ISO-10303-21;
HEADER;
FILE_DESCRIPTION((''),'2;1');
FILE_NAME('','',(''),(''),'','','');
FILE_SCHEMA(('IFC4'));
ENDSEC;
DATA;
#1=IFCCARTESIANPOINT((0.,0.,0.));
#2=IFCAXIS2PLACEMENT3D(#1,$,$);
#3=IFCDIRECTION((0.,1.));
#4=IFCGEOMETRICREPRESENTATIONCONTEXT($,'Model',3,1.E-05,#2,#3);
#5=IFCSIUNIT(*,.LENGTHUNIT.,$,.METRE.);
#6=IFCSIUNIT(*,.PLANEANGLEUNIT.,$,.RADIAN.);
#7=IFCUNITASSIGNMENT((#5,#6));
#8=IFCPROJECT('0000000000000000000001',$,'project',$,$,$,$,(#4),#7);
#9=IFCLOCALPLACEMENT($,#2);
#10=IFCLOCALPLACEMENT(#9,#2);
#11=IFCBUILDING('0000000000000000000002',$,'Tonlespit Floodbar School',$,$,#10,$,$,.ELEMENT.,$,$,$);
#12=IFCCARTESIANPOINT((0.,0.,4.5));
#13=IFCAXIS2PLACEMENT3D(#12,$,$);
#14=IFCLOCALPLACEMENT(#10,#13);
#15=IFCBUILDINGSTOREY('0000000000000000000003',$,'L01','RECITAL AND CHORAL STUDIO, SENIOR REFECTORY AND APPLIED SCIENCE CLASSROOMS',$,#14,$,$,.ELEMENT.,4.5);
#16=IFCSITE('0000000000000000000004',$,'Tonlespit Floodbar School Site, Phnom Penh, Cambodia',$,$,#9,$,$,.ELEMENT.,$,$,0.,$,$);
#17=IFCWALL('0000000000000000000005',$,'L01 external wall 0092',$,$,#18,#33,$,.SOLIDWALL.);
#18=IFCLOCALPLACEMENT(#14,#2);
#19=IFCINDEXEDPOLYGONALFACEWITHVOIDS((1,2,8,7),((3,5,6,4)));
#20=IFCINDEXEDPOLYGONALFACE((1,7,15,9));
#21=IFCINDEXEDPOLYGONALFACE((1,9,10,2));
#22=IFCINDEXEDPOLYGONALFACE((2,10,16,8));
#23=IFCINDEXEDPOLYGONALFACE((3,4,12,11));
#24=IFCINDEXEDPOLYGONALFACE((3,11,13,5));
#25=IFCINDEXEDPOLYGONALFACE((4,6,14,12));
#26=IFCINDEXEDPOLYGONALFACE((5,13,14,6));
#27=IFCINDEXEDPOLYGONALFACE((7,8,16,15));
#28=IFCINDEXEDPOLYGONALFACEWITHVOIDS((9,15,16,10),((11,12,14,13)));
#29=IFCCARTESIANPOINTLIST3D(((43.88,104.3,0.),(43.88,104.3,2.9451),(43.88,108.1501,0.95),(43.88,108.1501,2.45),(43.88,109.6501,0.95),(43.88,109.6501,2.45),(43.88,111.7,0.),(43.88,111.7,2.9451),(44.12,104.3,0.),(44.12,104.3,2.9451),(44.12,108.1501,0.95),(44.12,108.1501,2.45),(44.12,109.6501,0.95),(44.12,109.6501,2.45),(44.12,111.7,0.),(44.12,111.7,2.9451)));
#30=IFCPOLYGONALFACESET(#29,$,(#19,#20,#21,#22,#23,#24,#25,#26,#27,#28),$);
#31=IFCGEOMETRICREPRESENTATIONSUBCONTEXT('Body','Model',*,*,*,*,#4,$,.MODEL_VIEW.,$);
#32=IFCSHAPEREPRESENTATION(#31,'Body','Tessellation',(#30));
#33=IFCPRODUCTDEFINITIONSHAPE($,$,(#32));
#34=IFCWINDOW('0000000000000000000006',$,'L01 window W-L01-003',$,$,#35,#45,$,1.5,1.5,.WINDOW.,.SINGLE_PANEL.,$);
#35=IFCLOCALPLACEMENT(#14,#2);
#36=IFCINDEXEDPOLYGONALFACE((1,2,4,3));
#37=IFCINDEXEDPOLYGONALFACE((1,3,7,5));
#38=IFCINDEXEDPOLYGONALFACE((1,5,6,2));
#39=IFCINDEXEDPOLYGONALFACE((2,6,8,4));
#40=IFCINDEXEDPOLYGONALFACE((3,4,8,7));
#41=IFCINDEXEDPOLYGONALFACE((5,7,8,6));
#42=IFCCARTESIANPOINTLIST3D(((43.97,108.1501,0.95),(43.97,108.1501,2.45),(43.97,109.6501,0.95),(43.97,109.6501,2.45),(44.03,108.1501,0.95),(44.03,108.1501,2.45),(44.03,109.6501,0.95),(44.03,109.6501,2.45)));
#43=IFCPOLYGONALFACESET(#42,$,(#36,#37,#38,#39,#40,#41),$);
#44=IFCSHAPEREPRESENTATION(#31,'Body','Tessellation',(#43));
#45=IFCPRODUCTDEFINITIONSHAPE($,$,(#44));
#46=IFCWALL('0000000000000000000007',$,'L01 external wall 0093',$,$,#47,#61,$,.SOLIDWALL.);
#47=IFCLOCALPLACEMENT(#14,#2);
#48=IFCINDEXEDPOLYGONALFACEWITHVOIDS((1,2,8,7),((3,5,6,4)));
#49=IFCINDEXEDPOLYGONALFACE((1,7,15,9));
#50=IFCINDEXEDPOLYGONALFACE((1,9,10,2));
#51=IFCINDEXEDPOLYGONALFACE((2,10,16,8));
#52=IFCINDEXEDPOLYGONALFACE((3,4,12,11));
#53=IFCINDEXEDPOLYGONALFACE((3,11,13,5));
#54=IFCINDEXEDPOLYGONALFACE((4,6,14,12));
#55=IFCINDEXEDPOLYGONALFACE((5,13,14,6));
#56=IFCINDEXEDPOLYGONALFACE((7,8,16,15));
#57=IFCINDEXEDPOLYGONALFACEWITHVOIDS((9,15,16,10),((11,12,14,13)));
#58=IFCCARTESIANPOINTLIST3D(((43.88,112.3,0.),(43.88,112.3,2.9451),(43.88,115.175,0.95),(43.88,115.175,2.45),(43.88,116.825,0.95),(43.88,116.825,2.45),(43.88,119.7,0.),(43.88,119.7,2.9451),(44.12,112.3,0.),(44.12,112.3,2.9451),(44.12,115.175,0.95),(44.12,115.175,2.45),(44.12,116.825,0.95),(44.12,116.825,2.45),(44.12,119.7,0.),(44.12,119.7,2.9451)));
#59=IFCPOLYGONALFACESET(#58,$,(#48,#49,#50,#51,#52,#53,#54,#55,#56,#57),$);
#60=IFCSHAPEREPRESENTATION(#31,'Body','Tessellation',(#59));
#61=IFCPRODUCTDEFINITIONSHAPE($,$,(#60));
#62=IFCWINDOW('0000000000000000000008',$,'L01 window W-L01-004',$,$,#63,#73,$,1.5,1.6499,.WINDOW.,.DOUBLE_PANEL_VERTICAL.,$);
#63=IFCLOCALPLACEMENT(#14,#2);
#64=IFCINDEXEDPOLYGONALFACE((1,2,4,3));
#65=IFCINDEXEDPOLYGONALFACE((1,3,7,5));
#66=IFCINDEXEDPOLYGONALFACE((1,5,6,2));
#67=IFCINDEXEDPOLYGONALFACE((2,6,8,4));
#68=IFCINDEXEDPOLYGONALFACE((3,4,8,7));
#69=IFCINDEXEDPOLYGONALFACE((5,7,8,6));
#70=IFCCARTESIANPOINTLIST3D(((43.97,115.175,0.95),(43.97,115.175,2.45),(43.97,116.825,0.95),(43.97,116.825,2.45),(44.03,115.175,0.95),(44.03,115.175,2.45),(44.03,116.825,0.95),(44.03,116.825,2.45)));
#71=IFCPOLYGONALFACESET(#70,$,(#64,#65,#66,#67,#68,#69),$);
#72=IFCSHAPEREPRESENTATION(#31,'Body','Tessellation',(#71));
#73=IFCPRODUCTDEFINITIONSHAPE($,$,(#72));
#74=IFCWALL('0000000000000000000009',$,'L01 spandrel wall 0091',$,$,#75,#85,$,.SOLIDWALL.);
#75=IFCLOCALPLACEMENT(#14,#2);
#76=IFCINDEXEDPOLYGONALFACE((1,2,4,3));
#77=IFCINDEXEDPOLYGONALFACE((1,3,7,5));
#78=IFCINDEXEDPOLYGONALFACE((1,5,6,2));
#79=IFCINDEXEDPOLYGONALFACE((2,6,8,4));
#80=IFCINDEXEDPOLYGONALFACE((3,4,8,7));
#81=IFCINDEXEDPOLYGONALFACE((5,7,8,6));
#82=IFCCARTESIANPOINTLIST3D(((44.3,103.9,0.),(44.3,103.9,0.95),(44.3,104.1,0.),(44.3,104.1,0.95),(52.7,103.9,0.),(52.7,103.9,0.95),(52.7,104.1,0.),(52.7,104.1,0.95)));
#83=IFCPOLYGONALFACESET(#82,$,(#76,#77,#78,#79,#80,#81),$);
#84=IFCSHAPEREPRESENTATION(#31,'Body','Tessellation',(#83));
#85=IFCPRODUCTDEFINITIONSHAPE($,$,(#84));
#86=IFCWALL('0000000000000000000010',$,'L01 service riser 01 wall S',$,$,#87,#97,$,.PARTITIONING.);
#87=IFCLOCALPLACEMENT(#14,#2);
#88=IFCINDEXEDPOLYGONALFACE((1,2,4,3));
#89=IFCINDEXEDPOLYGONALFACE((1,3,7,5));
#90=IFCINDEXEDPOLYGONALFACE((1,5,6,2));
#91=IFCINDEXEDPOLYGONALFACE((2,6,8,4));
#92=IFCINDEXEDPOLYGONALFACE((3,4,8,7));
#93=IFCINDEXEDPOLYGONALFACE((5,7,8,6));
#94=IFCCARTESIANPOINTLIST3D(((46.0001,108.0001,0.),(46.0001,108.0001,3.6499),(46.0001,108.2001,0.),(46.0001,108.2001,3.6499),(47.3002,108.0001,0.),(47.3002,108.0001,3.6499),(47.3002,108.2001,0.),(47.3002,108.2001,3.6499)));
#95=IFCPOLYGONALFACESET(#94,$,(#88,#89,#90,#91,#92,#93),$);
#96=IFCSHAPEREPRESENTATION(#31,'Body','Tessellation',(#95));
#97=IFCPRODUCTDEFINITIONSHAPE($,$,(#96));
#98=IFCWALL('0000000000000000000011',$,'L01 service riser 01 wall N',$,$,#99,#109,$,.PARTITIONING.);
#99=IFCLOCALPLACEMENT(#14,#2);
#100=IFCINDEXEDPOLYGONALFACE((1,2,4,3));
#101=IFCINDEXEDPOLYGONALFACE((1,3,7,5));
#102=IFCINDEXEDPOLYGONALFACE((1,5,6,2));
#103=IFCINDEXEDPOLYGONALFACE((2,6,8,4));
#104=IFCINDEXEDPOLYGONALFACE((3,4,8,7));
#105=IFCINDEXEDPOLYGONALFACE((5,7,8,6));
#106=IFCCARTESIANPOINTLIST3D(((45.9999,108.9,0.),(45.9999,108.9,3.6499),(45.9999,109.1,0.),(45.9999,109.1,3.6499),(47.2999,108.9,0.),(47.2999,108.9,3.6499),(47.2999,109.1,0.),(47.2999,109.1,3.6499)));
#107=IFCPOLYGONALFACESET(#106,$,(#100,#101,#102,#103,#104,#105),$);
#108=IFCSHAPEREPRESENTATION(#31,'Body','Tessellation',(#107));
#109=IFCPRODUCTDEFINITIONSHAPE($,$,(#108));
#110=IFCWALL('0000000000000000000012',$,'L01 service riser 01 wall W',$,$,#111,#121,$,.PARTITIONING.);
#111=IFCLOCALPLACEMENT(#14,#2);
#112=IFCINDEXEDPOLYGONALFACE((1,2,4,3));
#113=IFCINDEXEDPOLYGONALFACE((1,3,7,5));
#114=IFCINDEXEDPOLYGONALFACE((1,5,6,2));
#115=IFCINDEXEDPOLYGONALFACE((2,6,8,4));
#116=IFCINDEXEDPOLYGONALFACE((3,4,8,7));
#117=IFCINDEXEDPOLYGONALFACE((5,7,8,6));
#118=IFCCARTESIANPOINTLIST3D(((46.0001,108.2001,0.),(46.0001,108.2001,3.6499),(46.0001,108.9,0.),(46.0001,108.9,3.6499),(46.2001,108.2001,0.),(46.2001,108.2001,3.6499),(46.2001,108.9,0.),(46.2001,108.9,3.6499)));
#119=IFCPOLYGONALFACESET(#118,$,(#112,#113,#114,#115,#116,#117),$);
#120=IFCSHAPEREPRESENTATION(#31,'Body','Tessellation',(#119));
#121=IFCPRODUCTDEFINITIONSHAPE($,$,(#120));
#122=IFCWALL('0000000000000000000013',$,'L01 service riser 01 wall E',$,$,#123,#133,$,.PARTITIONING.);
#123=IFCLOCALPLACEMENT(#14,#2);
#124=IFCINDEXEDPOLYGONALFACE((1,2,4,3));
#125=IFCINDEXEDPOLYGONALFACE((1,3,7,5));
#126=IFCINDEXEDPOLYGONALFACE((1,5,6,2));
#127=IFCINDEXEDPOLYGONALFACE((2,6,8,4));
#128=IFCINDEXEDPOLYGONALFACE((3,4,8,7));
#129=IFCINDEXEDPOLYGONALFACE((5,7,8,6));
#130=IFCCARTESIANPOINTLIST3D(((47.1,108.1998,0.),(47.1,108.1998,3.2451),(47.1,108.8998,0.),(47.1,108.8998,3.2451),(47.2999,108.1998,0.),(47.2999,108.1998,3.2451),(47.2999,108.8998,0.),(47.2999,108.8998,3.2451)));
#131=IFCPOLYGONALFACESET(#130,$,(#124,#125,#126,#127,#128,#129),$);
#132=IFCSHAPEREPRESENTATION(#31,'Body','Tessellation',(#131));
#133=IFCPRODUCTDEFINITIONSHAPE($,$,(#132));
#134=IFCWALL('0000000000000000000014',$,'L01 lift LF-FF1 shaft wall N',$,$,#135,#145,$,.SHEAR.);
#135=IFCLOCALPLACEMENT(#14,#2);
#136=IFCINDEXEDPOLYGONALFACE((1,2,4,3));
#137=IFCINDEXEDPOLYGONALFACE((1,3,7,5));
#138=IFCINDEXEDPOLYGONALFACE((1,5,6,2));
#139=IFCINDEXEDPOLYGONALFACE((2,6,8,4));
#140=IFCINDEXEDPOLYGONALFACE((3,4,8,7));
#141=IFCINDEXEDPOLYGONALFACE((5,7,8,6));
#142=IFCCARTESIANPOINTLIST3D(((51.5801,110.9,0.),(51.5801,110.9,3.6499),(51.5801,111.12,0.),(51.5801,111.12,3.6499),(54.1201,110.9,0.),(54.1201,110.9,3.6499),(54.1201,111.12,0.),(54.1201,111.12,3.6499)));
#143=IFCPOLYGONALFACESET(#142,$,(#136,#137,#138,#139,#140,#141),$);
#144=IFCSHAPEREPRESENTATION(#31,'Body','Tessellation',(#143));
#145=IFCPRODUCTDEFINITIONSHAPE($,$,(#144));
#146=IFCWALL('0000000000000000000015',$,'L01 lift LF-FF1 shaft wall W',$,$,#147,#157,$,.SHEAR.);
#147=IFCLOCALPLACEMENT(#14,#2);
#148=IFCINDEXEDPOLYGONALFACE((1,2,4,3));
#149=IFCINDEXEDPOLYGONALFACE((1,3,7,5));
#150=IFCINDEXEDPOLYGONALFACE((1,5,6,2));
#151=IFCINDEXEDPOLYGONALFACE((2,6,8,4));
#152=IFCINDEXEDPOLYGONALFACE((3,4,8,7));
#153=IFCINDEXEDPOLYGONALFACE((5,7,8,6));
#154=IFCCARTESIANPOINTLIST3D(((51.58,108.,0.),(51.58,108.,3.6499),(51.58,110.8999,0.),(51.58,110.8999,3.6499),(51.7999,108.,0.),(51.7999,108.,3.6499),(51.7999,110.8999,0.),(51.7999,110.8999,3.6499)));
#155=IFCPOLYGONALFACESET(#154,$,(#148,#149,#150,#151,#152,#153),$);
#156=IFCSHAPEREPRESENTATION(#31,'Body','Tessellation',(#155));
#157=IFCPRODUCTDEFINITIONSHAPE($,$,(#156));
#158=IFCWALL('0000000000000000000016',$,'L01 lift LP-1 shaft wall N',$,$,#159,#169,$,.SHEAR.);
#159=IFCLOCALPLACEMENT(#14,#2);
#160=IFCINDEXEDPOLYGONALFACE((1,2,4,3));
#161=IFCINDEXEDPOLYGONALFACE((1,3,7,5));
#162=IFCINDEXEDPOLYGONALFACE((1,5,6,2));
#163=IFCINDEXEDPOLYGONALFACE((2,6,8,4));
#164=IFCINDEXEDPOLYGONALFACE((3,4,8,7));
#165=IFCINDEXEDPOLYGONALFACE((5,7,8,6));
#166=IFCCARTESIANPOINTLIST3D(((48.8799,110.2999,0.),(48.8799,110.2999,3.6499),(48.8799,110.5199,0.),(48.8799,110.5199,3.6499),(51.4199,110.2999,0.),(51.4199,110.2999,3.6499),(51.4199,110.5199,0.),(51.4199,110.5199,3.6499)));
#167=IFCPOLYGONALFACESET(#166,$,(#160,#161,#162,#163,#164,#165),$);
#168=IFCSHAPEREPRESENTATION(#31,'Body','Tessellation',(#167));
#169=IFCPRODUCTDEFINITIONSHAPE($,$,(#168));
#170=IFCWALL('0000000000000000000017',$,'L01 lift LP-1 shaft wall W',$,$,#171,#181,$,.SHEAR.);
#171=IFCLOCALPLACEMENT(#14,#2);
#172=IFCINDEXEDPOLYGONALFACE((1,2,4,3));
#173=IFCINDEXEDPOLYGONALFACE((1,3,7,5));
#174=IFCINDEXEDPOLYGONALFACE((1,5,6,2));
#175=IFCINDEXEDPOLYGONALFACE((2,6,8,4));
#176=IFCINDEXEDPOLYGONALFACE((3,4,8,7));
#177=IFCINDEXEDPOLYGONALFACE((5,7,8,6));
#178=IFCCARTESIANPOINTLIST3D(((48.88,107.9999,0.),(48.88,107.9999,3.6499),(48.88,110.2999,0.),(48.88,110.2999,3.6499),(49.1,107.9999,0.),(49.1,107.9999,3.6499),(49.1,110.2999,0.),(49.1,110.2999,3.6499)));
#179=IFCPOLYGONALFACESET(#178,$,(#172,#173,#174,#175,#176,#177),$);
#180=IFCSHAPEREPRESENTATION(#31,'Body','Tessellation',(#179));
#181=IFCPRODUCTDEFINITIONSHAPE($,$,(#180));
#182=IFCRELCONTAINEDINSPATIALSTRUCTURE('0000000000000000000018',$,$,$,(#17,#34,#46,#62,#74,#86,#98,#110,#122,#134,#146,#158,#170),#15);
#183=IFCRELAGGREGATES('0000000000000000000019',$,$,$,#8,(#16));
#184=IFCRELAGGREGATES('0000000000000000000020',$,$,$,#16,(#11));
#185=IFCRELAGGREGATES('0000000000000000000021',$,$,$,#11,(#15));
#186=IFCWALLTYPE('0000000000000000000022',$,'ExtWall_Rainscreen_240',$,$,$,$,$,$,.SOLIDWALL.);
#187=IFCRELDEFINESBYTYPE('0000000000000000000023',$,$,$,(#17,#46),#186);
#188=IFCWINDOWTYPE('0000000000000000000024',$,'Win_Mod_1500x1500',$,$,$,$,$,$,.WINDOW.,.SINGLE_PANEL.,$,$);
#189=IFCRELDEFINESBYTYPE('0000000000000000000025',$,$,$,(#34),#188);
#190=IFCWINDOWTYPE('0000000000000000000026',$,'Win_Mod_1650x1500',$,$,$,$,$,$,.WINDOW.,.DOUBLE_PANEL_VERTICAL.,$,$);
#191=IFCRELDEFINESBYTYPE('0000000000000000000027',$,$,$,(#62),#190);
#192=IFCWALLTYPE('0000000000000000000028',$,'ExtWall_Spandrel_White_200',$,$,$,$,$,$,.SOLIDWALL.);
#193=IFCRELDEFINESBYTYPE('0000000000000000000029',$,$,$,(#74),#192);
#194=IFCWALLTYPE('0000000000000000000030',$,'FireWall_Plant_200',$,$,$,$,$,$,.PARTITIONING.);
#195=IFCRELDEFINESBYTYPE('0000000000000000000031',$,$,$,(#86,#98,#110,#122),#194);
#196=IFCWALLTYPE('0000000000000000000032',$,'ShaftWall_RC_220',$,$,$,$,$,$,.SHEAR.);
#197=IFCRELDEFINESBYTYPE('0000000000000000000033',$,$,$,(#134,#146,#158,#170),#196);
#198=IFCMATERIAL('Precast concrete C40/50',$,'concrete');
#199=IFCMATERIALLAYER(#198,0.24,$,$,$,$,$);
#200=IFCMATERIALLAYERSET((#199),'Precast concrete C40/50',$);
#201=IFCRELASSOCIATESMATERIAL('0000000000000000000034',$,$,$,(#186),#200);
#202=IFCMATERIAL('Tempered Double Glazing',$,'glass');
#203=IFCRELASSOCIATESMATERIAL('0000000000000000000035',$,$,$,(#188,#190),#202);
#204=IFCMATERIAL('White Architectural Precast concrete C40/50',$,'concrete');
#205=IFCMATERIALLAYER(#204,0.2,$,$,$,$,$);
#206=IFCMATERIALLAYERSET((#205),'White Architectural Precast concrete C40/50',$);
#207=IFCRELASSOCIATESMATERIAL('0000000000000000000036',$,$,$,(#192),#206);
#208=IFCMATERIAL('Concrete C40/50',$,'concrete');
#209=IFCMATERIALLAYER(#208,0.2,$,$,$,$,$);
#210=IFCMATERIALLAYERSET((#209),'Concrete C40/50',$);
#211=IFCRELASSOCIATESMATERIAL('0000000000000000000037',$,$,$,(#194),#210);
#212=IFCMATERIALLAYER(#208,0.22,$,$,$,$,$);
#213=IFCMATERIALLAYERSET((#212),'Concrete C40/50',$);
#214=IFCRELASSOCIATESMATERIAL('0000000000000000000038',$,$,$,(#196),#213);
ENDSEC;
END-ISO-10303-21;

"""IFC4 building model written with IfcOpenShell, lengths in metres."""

from ifc_helpers import new_model, si_unit, direction, frame, frame_2d, origin, place, context, subcontext, project, spatial, rectangle, extrude, material, layer, layer_set, type_object, element, fill, save


model = new_model("IFC4")

# Units and contexts
model_context = context("Model", 3, precision=1e-05, world=origin(), true_north=direction((0.0, 1.0)))
body_context = subcontext(model_context, "Body", "Model", "MODEL_VIEW")
ifc_project = project(units=[si_unit("LENGTHUNIT", "METRE"), si_unit("PLANEANGLEUNIT", "RADIAN")], contexts=[model_context])

# Site, building, storey
site_placement = place(None, origin())
site = spatial("IfcSite", under=ifc_project, at=site_placement, Name="Tonlespit Floodbar School Site, Phnom Penh, Cambodia", CompositionType="ELEMENT", RefElevation=0.0)
building_placement = place(site_placement, origin())
building = spatial("IfcBuilding", under=site, at=building_placement, Name="Tonlespit Floodbar School", CompositionType="ELEMENT")
storey_placement = place(building_placement, frame((0.0, 0.0, 4.5)))
storey = spatial("IfcBuildingStorey", under=building, at=storey_placement, Name="L01", Description="RECITAL AND CHORAL STUDIO, SENIOR REFECTORY AND APPLIED SCIENCE CLASSROOMS", CompositionType="ELEMENT", Elevation=4.5)

# Shared definitions
ifc_material_1 = material(Name="Concrete C40/50", Category="concrete")

# Walls, openings, windows
ifc_material_2 = material(Name="Precast concrete C40/50", Category="concrete")
ifc_layer_1 = layer(ifc_material_2, 0.24)
ifc_layer_set_1 = layer_set([ifc_layer_1], Name="Precast concrete C40/50")
wall_type_1 = type_object("IfcWallType", Name="ExtWall_Rainscreen_240", PredefinedType="SOLIDWALL", material=ifc_layer_set_1)
wall_1_placement = place(storey_placement, frame((44.0, 104.3, 0.0), z_axis=(0.0, 0.0, 1.0), x_axis=(0.0, 1.0, 0.0)))
wall_1 = element("IfcWall", 1, at=wall_1_placement, inside=storey, type_object=wall_type_1, Name="L01 external wall 0092", PredefinedType="SOLIDWALL", context=body_context, shape_type="SweptSolid", body=[
    extrude(rectangle(XDim=7.3999, YDim=0.24, at=frame_2d((3.7, 0.0))), origin(), (0.0, 0.0, 1.0), 2.9451),
])
opening_1_placement = place(wall_1_placement, frame((3.8501, 0.0, 0.95)))
opening_1 = element("IfcOpeningElement", 2, at=opening_1_placement, cuts=wall_1, PredefinedType="OPENING", context=body_context, shape_type="SweptSolid", body=[
    extrude(rectangle(XDim=1.5, YDim=1.5, at=frame_2d((0.75, 0.75))), frame((0.0, 0.1299, 0.0), z_axis=(0.0, -1.0, 0.0), x_axis=(1.0, 0.0, 0.0)), (0.0, 0.0, 1.0), 0.26),
])
ifc_material_3 = material(Name="Tempered Double Glazing", Category="glass")
window_type_1 = type_object("IfcWindowType", Name="Win_Mod_1500x1500", PartitioningType="SINGLE_PANEL", PredefinedType="WINDOW", material=ifc_material_3)
window_1_placement = place(opening_1_placement, origin())
window_1 = element("IfcWindow", 3, at=window_1_placement, inside=storey, type_object=window_type_1, Name="L01 window W-L01-003", OverallHeight=1.5, OverallWidth=1.5, PartitioningType="SINGLE_PANEL", PredefinedType="WINDOW", context=body_context, shape_type="SweptSolid", body=[
    extrude(rectangle(XDim=1.5, YDim=1.5, at=frame_2d((0.75, 0.75))), frame((0.0, 0.03, 0.0), z_axis=(0.0, -1.0, 0.0), x_axis=(1.0, 0.0, 0.0)), (0.0, 0.0, 1.0), 0.0601),
])
fill(opening_1, window_1)
wall_2_placement = place(storey_placement, frame((44.0, 112.3, 0.0), z_axis=(0.0, 0.0, 1.0), x_axis=(0.0, 1.0, 0.0)))
wall_2 = element("IfcWall", 4, at=wall_2_placement, inside=storey, type_object=wall_type_1, Name="L01 external wall 0093", PredefinedType="SOLIDWALL", context=body_context, shape_type="SweptSolid", body=[
    extrude(rectangle(XDim=7.3999, YDim=0.24, at=frame_2d((3.7, 0.0))), origin(), (0.0, 0.0, 1.0), 2.9451),
])
opening_2_placement = place(wall_2_placement, frame((2.875, 0.0, 0.95)))
opening_2 = element("IfcOpeningElement", 5, at=opening_2_placement, cuts=wall_2, PredefinedType="OPENING", context=body_context, shape_type="SweptSolid", body=[
    extrude(rectangle(XDim=1.6499, YDim=1.5, at=frame_2d((0.825, 0.75))), frame((0.0, 0.1299, 0.0), z_axis=(0.0, -1.0, 0.0), x_axis=(1.0, 0.0, 0.0)), (0.0, 0.0, 1.0), 0.26),
])
window_type_2 = type_object("IfcWindowType", Name="Win_Mod_1650x1500", PartitioningType="DOUBLE_PANEL_VERTICAL", PredefinedType="WINDOW", material=ifc_material_3)
window_2_placement = place(opening_2_placement, origin())
window_2 = element("IfcWindow", 6, at=window_2_placement, inside=storey, type_object=window_type_2, Name="L01 window W-L01-004", OverallHeight=1.5, OverallWidth=1.6499, PartitioningType="DOUBLE_PANEL_VERTICAL", PredefinedType="WINDOW", context=body_context, shape_type="SweptSolid", body=[
    extrude(rectangle(XDim=1.6499, YDim=1.5, at=frame_2d((0.825, 0.75))), frame((0.0, 0.03, 0.0), z_axis=(0.0, -1.0, 0.0), x_axis=(1.0, 0.0, 0.0)), (0.0, 0.0, 1.0), 0.0601),
])
fill(opening_2, window_2)

# Walls
ifc_material_4 = material(Name="White Architectural Precast concrete C40/50", Category="concrete")
ifc_layer_2 = layer(ifc_material_4, 0.2)
ifc_layer_set_2 = layer_set([ifc_layer_2], Name="White Architectural Precast concrete C40/50")
wall_type_2 = type_object("IfcWallType", Name="ExtWall_Spandrel_White_200", PredefinedType="SOLIDWALL", material=ifc_layer_set_2)
wall_3_placement = place(storey_placement, frame((52.7, 104.0, 0.0), z_axis=(0.0, 0.0, 1.0), x_axis=(-1.0, 0.0, 0.0)))
element("IfcWall", 7, at=wall_3_placement, inside=storey, type_object=wall_type_2, Name="L01 spandrel wall 0091", PredefinedType="SOLIDWALL", context=body_context, shape_type="SweptSolid", body=[
    extrude(rectangle(XDim=8.3999, YDim=0.2, at=frame_2d((4.2, 0.0))), origin(), (0.0, 0.0, 1.0), 0.95),
])
ifc_layer_3 = layer(ifc_material_1, 0.2)
ifc_layer_set_3 = layer_set([ifc_layer_3], Name="Concrete C40/50")
wall_type_3 = type_object("IfcWallType", Name="FireWall_Plant_200", PredefinedType="PARTITIONING", material=ifc_layer_set_3)
for number, where, z_axis, x_axis, name in (
    (8, (47.3, 108.1001, 0.0), (0.0, 0.0, 1.0), (-1.0, 0.0, 0.0), "L01 service riser 01 wall S"),
    (9, (46.0, 109.0, 0.0), (0.0, 0.0, 1.0), (1.0, 0.0, 0.0), "L01 service riser 01 wall N"),
):
    element("IfcWall", number, at=place(storey_placement, frame(where, z_axis=z_axis, x_axis=x_axis)), inside=storey, type_object=wall_type_3, Name=name, PredefinedType="PARTITIONING", context=body_context, shape_type="SweptSolid", body=[
        extrude(rectangle(XDim=1.3, YDim=0.2, at=frame_2d((0.6499, 0.0))), origin(), (0.0, 0.0, 1.0), 3.6499),
    ])
wall_4_placement = place(storey_placement, frame((46.1001, 108.2, 0.0), z_axis=(0.0, 0.0, 1.0), x_axis=(0.0, 1.0, 0.0)))
element("IfcWall", 10, at=wall_4_placement, inside=storey, type_object=wall_type_3, Name="L01 service riser 01 wall W", PredefinedType="PARTITIONING", context=body_context, shape_type="SweptSolid", body=[
    extrude(rectangle(XDim=0.7, YDim=0.2, at=frame_2d((0.3501, 0.0))), origin(), (0.0, 0.0, 1.0), 3.6499),
])
wall_5_placement = place(storey_placement, frame((47.2, 108.8999, 0.0), z_axis=(0.0, 0.0, 1.0), x_axis=(0.0, -1.0, 0.0)))
element("IfcWall", 11, at=wall_5_placement, inside=storey, type_object=wall_type_3, Name="L01 service riser 01 wall E", PredefinedType="PARTITIONING", context=body_context, shape_type="SweptSolid", body=[
    extrude(rectangle(XDim=0.7, YDim=0.2, at=frame_2d((0.3501, 0.0))), origin(), (0.0, 0.0, 1.0), 3.2451),
])
ifc_layer_4 = layer(ifc_material_1, 0.22)
ifc_layer_set_4 = layer_set([ifc_layer_4], Name="Concrete C40/50")
wall_type_4 = type_object("IfcWallType", Name="ShaftWall_RC_220", PredefinedType="SHEAR", material=ifc_layer_set_4)
wall_6_placement = place(storey_placement, frame((51.5801, 111.01, 0.0), z_axis=(0.0, 0.0, 1.0), x_axis=(1.0, 0.0, 0.0)))
element("IfcWall", 12, at=wall_6_placement, inside=storey, type_object=wall_type_4, Name="L01 lift LF-FF1 shaft wall N", PredefinedType="SHEAR", context=body_context, shape_type="SweptSolid", body=[
    extrude(rectangle(XDim=2.54, YDim=0.22, at=frame_2d((1.27, 0.0))), origin(), (0.0, 0.0, 1.0), 3.6499),
])
wall_7_placement = place(storey_placement, frame((51.6899, 108.0, 0.0), z_axis=(0.0, 0.0, 1.0), x_axis=(0.0, 1.0, 0.0)))
element("IfcWall", 13, at=wall_7_placement, inside=storey, type_object=wall_type_4, Name="L01 lift LF-FF1 shaft wall W", PredefinedType="SHEAR", context=body_context, shape_type="SweptSolid", body=[
    extrude(rectangle(XDim=2.8999, YDim=0.22, at=frame_2d((1.45, 0.0))), origin(), (0.0, 0.0, 1.0), 3.6499),
])

# Walls
wall_8_placement = place(storey_placement, frame((48.8799, 110.4099, 0.0), z_axis=(0.0, 0.0, 1.0), x_axis=(1.0, 0.0, 0.0)))
element("IfcWall", 14, at=wall_8_placement, inside=storey, type_object=wall_type_4, Name="L01 lift LP-1 shaft wall N", PredefinedType="SHEAR", context=body_context, shape_type="SweptSolid", body=[
    extrude(rectangle(XDim=2.54, YDim=0.22, at=frame_2d((1.27, 0.0))), origin(), (0.0, 0.0, 1.0), 3.6499),
])
for number, where, z_axis, x_axis, name in (
    (15, (48.99, 108.0, 0.0), (0.0, 0.0, 1.0), (0.0, 1.0, 0.0), "L01 lift LP-1 shaft wall W"),
):
    element("IfcWall", number, at=place(storey_placement, frame(where, z_axis=z_axis, x_axis=x_axis)), inside=storey, type_object=wall_type_4, Name=name, PredefinedType="SHEAR", context=body_context, shape_type="SweptSolid", body=[
        extrude(rectangle(XDim=2.3, YDim=0.22, at=frame_2d((1.1499, 0.0))), origin(), (0.0, 0.0, 1.0), 3.6499),
    ])

save(model, "model.ifc")
